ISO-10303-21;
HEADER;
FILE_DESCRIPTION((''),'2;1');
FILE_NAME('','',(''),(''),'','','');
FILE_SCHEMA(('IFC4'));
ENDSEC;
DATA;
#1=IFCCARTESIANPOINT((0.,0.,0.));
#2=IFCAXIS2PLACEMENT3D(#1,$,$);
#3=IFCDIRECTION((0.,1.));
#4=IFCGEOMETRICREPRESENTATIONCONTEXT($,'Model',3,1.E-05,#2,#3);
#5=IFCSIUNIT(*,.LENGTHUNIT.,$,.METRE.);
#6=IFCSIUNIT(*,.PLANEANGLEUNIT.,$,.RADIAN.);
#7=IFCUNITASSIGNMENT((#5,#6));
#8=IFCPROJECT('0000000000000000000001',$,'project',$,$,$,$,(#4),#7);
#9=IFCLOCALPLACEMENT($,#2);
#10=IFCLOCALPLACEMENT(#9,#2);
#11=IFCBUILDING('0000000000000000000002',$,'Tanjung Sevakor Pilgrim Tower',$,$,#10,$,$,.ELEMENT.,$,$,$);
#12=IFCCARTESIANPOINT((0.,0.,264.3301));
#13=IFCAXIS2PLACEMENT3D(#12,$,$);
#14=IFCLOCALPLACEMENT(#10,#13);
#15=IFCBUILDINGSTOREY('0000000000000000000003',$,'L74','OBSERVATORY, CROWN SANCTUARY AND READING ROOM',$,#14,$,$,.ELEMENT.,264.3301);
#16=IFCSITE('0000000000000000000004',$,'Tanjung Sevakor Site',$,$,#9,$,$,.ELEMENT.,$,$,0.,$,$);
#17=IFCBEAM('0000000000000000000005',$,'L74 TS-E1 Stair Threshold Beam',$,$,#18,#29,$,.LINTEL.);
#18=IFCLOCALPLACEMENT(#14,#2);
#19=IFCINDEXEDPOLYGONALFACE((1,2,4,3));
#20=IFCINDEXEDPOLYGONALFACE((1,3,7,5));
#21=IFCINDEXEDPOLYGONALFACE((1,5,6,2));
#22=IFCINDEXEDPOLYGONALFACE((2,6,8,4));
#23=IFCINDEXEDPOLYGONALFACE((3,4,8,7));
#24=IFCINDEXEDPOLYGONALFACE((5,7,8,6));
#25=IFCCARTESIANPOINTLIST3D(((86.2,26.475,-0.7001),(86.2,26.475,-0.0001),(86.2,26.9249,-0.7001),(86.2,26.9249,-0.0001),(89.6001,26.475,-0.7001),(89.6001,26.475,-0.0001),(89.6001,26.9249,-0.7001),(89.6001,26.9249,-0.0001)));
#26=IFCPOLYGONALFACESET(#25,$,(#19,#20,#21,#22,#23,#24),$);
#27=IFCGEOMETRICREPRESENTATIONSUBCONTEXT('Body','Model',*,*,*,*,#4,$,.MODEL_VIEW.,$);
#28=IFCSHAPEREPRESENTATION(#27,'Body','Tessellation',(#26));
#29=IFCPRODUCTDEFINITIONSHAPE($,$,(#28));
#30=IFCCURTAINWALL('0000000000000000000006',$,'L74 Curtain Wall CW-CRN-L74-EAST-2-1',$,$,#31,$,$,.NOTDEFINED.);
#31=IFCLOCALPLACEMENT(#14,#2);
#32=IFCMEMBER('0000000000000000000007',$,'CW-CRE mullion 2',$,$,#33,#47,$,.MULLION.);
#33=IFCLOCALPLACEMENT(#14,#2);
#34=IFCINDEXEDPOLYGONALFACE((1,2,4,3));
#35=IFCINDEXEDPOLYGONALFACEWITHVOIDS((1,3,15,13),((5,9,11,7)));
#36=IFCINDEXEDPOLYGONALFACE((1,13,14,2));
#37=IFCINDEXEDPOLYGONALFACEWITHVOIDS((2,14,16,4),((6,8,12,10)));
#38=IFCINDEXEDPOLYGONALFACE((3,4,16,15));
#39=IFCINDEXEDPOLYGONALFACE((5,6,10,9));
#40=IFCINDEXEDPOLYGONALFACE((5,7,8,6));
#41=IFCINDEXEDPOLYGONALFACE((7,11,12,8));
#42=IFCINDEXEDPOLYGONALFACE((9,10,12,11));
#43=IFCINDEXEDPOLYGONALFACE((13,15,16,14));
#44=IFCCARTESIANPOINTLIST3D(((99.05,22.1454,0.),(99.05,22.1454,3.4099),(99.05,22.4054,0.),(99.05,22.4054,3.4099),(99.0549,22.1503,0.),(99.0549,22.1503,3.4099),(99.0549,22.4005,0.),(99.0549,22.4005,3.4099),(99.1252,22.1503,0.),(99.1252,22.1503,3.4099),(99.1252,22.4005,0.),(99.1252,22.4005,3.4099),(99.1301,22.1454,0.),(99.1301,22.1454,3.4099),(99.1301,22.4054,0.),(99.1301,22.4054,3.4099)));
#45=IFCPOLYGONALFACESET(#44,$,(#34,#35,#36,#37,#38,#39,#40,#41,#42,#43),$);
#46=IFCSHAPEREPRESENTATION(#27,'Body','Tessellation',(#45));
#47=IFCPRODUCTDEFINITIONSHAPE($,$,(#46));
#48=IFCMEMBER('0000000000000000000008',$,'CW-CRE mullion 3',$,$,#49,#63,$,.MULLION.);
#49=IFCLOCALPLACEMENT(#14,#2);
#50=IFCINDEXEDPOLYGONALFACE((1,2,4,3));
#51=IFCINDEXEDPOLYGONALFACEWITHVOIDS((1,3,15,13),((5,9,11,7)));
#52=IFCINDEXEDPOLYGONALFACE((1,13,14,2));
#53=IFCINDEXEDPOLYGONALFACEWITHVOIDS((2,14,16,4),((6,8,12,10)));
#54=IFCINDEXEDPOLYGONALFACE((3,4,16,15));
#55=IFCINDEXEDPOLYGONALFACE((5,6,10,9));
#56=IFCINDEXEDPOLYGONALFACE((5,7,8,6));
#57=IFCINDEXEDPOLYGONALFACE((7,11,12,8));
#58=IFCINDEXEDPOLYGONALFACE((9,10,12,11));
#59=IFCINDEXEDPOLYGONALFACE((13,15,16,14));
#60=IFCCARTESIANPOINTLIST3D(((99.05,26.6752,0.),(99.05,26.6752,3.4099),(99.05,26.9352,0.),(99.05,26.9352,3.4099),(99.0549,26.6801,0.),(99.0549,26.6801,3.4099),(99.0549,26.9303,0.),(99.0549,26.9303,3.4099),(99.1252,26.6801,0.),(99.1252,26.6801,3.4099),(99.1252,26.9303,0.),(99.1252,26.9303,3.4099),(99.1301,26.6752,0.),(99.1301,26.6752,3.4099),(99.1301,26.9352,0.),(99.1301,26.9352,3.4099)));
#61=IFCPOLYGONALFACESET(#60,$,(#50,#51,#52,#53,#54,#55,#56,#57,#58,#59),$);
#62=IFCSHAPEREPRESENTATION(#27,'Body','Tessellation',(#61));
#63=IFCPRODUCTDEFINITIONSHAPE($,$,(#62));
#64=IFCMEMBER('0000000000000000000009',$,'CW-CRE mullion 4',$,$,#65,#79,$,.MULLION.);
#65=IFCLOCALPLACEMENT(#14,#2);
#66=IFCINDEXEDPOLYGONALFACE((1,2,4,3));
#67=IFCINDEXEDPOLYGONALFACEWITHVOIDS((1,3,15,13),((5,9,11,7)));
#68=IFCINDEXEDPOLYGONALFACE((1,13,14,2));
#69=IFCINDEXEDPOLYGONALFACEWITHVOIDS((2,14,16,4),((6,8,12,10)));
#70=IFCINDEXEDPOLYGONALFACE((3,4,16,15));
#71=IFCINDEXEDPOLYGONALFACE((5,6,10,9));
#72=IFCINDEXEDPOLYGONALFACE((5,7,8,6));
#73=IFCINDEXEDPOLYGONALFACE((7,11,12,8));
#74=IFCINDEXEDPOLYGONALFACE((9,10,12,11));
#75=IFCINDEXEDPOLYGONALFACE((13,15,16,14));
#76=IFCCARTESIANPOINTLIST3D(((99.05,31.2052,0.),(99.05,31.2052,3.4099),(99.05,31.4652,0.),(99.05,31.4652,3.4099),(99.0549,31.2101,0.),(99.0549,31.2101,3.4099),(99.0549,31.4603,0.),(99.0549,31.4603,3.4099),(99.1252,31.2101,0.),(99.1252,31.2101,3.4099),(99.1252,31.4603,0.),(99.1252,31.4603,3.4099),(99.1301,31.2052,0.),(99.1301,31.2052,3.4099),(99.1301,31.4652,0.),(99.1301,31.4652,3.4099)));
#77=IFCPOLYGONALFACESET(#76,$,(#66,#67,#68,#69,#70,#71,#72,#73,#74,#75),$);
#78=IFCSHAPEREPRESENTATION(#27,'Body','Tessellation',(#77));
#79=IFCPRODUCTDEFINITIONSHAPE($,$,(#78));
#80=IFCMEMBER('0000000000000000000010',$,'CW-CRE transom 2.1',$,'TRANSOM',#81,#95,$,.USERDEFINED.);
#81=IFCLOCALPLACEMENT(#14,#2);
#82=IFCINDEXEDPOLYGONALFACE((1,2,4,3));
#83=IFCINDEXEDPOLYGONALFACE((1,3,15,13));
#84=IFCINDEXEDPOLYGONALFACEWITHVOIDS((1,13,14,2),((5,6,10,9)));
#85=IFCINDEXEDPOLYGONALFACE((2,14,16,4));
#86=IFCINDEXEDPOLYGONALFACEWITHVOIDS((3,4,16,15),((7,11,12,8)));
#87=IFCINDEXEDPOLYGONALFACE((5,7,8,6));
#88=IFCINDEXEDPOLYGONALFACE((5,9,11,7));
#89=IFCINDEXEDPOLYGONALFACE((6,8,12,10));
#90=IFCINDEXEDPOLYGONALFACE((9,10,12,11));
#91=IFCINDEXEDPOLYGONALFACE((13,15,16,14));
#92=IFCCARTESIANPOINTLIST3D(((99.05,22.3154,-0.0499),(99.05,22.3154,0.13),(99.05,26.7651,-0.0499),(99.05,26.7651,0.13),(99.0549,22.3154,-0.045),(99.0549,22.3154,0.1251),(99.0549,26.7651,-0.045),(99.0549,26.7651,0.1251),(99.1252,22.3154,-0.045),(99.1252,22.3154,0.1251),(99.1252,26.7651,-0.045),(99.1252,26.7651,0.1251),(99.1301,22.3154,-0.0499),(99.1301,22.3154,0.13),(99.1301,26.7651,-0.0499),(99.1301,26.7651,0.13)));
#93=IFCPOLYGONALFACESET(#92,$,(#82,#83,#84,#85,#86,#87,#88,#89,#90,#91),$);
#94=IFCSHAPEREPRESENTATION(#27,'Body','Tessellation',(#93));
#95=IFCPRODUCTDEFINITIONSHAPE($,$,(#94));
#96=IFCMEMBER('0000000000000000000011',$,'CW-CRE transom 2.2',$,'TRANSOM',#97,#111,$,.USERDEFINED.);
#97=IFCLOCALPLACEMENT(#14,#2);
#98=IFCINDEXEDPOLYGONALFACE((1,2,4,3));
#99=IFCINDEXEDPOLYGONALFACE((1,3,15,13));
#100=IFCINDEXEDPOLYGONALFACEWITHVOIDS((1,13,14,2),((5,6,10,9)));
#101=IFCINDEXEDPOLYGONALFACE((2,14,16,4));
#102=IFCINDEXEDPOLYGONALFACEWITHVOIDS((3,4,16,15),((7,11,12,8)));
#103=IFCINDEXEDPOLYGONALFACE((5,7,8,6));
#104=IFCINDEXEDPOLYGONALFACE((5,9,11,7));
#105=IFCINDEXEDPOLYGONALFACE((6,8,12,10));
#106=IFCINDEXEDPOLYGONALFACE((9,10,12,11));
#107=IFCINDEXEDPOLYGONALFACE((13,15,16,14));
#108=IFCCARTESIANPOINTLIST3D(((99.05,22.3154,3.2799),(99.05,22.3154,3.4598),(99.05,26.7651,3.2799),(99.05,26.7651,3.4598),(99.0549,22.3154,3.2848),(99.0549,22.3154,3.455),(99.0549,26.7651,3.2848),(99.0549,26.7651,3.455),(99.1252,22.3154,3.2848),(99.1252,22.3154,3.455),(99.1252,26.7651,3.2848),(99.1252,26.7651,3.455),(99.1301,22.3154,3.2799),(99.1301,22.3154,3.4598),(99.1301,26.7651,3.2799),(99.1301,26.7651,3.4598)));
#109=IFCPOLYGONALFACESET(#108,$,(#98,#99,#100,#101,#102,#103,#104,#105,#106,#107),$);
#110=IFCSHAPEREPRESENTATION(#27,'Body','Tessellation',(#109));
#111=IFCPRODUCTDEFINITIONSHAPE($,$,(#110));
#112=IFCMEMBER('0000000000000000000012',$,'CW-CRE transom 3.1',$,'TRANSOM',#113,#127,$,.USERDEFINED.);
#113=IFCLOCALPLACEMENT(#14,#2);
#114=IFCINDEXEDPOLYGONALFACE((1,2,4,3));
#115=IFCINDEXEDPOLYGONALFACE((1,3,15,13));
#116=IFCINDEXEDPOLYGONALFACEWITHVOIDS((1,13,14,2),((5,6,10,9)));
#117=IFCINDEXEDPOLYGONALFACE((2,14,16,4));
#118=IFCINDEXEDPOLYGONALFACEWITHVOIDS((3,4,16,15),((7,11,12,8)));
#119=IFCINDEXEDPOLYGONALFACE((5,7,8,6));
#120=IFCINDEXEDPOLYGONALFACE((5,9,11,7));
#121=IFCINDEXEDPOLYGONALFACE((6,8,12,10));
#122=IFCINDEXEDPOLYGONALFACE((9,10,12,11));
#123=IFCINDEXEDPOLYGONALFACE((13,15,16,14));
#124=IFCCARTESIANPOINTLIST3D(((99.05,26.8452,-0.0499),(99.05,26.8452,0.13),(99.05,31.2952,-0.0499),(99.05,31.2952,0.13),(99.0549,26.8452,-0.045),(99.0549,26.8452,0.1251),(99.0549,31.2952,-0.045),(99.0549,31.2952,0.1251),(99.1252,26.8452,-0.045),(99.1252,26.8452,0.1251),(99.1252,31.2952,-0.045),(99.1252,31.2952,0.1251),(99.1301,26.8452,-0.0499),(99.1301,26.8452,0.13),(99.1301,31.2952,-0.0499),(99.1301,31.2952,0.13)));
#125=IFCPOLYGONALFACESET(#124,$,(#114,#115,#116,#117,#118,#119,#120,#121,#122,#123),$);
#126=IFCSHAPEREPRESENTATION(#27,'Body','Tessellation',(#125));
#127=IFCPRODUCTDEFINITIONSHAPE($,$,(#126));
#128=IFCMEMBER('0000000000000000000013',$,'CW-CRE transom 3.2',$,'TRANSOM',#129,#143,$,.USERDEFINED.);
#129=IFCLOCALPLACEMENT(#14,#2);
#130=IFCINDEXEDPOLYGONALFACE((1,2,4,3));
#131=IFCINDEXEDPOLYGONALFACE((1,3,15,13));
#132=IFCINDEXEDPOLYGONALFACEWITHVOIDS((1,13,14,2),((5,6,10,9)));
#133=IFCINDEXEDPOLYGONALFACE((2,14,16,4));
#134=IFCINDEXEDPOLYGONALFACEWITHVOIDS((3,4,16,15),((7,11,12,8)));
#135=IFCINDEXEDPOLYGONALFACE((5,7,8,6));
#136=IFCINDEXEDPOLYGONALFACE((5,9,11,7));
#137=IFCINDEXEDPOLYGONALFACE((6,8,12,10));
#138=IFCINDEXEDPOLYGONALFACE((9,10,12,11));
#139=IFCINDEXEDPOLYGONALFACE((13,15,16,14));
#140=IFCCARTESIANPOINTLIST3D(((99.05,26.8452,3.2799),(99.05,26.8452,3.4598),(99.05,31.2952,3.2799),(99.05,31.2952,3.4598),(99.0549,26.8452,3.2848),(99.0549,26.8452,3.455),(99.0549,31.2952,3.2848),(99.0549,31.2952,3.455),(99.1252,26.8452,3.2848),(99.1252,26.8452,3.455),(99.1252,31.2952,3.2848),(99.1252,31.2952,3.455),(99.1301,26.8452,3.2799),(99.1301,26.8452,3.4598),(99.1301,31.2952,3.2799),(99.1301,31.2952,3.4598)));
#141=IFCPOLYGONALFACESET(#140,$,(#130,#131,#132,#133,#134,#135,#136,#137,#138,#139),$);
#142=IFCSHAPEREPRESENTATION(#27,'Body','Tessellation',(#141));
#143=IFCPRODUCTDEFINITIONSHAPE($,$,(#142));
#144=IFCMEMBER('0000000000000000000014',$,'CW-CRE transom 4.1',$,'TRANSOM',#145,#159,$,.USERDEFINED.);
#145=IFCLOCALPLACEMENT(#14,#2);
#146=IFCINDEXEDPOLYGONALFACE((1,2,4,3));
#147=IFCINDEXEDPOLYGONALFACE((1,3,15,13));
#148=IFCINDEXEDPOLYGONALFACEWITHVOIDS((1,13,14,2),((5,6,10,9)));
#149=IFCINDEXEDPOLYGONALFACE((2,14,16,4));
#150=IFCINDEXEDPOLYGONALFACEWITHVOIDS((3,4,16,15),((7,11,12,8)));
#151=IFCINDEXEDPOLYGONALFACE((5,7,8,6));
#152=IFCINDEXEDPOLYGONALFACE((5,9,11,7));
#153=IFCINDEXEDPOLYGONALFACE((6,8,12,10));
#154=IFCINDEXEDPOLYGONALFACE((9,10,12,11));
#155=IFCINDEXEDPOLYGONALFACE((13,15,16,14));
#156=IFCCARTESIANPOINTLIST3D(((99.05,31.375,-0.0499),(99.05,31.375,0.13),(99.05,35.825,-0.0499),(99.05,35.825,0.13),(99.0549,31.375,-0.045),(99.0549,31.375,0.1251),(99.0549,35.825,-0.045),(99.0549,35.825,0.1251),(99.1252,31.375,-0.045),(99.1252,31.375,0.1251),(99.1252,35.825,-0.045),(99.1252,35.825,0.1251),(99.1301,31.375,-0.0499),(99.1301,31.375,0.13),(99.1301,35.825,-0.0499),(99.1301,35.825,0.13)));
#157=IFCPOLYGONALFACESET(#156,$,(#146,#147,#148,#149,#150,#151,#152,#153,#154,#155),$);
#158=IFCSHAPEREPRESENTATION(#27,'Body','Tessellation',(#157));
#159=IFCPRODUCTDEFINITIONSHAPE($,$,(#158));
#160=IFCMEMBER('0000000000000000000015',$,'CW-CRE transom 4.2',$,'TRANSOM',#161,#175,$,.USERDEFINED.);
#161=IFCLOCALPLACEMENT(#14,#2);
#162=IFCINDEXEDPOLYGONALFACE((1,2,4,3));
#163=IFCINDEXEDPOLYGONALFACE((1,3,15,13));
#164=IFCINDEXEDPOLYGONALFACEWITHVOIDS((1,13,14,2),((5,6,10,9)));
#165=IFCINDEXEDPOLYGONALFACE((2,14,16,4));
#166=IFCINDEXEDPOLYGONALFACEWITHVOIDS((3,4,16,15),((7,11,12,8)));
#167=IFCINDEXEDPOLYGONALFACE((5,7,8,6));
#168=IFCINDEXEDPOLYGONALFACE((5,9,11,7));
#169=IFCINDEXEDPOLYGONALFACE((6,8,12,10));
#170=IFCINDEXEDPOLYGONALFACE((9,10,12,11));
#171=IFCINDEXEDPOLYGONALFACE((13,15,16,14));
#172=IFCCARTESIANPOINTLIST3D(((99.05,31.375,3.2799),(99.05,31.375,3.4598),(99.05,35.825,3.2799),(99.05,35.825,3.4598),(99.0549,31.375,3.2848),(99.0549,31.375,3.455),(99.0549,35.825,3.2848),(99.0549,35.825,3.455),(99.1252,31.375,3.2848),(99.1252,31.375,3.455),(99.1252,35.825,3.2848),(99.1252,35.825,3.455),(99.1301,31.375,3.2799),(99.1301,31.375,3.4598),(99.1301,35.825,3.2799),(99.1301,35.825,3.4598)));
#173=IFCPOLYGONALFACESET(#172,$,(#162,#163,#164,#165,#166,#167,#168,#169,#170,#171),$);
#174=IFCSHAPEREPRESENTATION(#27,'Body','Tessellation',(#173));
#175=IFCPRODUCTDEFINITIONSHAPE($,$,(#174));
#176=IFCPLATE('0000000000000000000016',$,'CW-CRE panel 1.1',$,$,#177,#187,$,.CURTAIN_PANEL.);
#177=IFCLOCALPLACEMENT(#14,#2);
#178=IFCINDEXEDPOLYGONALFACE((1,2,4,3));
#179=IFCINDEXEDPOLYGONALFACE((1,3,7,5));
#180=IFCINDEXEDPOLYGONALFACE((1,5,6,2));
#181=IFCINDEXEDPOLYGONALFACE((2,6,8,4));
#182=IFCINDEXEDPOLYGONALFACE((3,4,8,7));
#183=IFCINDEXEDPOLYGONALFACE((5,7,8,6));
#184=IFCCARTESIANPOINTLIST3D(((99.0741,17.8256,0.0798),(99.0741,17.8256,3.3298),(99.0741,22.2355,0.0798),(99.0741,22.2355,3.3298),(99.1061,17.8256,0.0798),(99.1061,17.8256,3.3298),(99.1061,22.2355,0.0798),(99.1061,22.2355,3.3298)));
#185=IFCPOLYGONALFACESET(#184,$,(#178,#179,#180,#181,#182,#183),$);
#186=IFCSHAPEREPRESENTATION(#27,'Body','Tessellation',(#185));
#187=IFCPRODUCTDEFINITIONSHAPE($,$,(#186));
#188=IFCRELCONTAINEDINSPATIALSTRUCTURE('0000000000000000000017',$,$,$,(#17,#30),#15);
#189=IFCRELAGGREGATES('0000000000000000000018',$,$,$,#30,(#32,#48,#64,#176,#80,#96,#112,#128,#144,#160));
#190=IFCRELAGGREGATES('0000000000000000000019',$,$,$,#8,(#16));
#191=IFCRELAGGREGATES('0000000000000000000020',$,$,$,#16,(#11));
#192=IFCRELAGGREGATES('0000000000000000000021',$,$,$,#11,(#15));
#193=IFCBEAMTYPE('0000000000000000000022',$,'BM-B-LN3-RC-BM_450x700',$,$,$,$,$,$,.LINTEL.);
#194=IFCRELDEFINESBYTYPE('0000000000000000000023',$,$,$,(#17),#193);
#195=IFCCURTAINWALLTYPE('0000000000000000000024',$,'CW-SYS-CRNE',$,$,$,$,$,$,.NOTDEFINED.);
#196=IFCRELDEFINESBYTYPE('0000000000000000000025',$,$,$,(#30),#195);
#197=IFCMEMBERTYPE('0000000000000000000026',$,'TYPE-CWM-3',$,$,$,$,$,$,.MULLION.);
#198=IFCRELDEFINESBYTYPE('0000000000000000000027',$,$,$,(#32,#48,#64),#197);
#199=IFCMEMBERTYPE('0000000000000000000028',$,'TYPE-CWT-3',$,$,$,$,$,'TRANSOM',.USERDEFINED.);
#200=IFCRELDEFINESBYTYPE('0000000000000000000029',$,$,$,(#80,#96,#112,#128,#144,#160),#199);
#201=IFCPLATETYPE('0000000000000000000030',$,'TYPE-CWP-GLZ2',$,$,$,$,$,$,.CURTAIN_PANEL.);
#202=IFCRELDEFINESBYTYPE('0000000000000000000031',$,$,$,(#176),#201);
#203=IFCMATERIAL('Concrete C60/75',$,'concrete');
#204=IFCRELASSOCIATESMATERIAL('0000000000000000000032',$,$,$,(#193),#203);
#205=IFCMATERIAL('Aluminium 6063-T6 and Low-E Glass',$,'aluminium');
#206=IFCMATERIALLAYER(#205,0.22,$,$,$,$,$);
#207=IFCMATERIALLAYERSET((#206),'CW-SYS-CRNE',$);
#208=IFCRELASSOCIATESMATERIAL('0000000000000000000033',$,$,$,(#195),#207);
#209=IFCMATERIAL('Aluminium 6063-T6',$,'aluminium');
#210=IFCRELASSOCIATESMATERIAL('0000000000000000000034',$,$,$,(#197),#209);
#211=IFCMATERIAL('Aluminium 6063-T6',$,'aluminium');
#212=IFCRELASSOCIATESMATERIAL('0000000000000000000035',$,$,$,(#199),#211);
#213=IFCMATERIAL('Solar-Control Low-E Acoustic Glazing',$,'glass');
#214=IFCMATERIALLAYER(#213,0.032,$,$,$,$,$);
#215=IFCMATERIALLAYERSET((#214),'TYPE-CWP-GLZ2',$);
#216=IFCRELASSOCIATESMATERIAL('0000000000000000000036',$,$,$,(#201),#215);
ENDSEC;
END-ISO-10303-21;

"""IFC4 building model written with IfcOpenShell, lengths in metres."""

from ifc_helpers import new_model, si_unit, direction, frame, origin, origin_2d, place, context, subcontext, project, spatial, rectangle, hollow_rectangle, extrude, material, layer, layer_set, material_profile, profile_set, type_object, element, aggregate, save


model = new_model("IFC4")

# Units and contexts
model_context = context("Model", 3, precision=1e-05, world=origin(), true_north=direction((0.0, 1.0)))
body_context = subcontext(model_context, "Body", "Model", "MODEL_VIEW")
ifc_project = project(units=[si_unit("LENGTHUNIT", "METRE"), si_unit("PLANEANGLEUNIT", "RADIAN")], contexts=[model_context])

# Site, building, storey
site_placement = place(None, origin())
site = spatial("IfcSite", under=ifc_project, at=site_placement, Name="Tanjung Sevakor Site", CompositionType="ELEMENT", RefElevation=0.0)
building_placement = place(site_placement, origin())
building = spatial("IfcBuilding", under=site, at=building_placement, Name="Tanjung Sevakor Pilgrim Tower", CompositionType="ELEMENT")
storey_placement = place(building_placement, frame((0.0, 0.0, 264.3301)))
storey = spatial("IfcBuildingStorey", under=building, at=storey_placement, Name="L74", Description="OBSERVATORY, CROWN SANCTUARY AND READING ROOM", CompositionType="ELEMENT", Elevation=264.3301)

# Beam
ifc_material_1 = material(Name="Concrete C60/75", Category="concrete")
ifc_material_profile_1 = material_profile(ifc_material_1, rectangle(XDim=0.45, YDim=0.7, at=origin_2d()))
ifc_profile_set_1 = profile_set([ifc_material_profile_1], Name="Concrete C60/75")
beam_type = type_object("IfcBeamType", Name="BM-B-LN3-RC-BM_450x700", PredefinedType="LINTEL", material=ifc_profile_set_1)
beam_placement = place(storey_placement, frame((86.2, 26.7, -0.3501), z_axis=(1.0, 0.0, 0.0), x_axis=(0.0, 1.0, 0.0)))
element("IfcBeam", 1, at=beam_placement, inside=storey, type_object=beam_type, Name="L74 TS-E1 Stair Threshold Beam", PredefinedType="LINTEL", context=body_context, shape_type="SweptSolid", body=[
    extrude(rectangle(XDim=0.45, YDim=0.7, at=origin_2d()), origin(), (0.0, 0.0, 1.0), 3.4001),
])

# Curtain wall, members, plate
ifc_material_2 = material(Name="Aluminium 6063-T6 and Low-E Glass", Category="aluminium")
ifc_layer_1 = layer(ifc_material_2, 0.22)
ifc_layer_set_1 = layer_set([ifc_layer_1], Name="CW-SYS-CRNE")
curtain_wall_type = type_object("IfcCurtainWallType", Name="CW-SYS-CRNE", PredefinedType="NOTDEFINED", material=ifc_layer_set_1)
curtain_wall_placement = place(storey_placement, origin())
curtain_wall = element("IfcCurtainWall", 2, at=curtain_wall_placement, inside=storey, type_object=curtain_wall_type, Name="L74 Curtain Wall CW-CRN-L74-EAST-2-1", PredefinedType="NOTDEFINED")
ifc_material_3 = material(Name="Aluminium 6063-T6", Category="aluminium")
ifc_material_profile_2 = material_profile(ifc_material_3, hollow_rectangle(XDim=0.0801, YDim=0.26, WallThickness=0.0049, at=origin_2d()))
ifc_profile_set_2 = profile_set([ifc_material_profile_2], Name="Aluminium 6063-T6")
member_type_1 = type_object("IfcMemberType", Name="TYPE-CWM-3", PredefinedType="MULLION", material=ifc_profile_set_2)
member_1_placement = place(storey_placement, frame((99.0901, 22.2754, 0.0), z_axis=(0.0, 0.0, 1.0), x_axis=(-1.0, 0.0, 0.0)))
member_1 = element("IfcMember", 3, at=member_1_placement, type_object=member_type_1, Name="CW-CRE mullion 2", PredefinedType="MULLION", context=body_context, shape_type="SweptSolid", body=[
    extrude(hollow_rectangle(XDim=0.0801, YDim=0.26, WallThickness=0.0049, at=origin_2d()), origin(), (0.0, 0.0, 1.0), 3.4099),
])
member_2_placement = place(storey_placement, frame((99.0901, 26.8052, 0.0), z_axis=(0.0, 0.0, 1.0), x_axis=(-1.0, 0.0, 0.0)))
member_2 = element("IfcMember", 4, at=member_2_placement, type_object=member_type_1, Name="CW-CRE mullion 3", PredefinedType="MULLION", context=body_context, shape_type="SweptSolid", body=[
    extrude(hollow_rectangle(XDim=0.0801, YDim=0.26, WallThickness=0.0049, at=origin_2d()), origin(), (0.0, 0.0, 1.0), 3.4099),
])
member_3_placement = place(storey_placement, frame((99.0901, 31.3352, 0.0), z_axis=(0.0, 0.0, 1.0), x_axis=(-1.0, 0.0, 0.0)))
member_3 = element("IfcMember", 5, at=member_3_placement, type_object=member_type_1, Name="CW-CRE mullion 4", PredefinedType="MULLION", context=body_context, shape_type="SweptSolid", body=[
    extrude(hollow_rectangle(XDim=0.0801, YDim=0.26, WallThickness=0.0049, at=origin_2d()), origin(), (0.0, 0.0, 1.0), 3.4099),
])
ifc_material_4 = material(Name="Aluminium 6063-T6", Category="aluminium")
ifc_material_profile_3 = material_profile(ifc_material_4, hollow_rectangle(XDim=0.0801, YDim=0.1799, WallThickness=0.0049, at=origin_2d()))
ifc_profile_set_3 = profile_set([ifc_material_profile_3], Name="Aluminium 6063-T6")
member_type_2 = type_object("IfcMemberType", Name="TYPE-CWT-3", ElementType="TRANSOM", PredefinedType="USERDEFINED", material=ifc_profile_set_3)
member_4_placement = place(storey_placement, frame((99.0901, 22.3154, 0.04), z_axis=(0.0, 1.0, 0.0), x_axis=(-1.0, 0.0, 0.0)))
member_4 = element("IfcMember", 6, at=member_4_placement, type_object=member_type_2, Name="CW-CRE transom 2.1", ObjectType="TRANSOM", PredefinedType="USERDEFINED", context=body_context, shape_type="SweptSolid", body=[
    extrude(hollow_rectangle(XDim=0.0801, YDim=0.1799, WallThickness=0.0049, at=origin_2d()), origin(), (0.0, 0.0, 1.0), 4.4497),
])
member_5_placement = place(storey_placement, frame((99.0901, 22.3154, 3.3699), z_axis=(0.0, 1.0, 0.0), x_axis=(-1.0, 0.0, 0.0)))
member_5 = element("IfcMember", 7, at=member_5_placement, type_object=member_type_2, Name="CW-CRE transom 2.2", ObjectType="TRANSOM", PredefinedType="USERDEFINED", context=body_context, shape_type="SweptSolid", body=[
    extrude(hollow_rectangle(XDim=0.0801, YDim=0.1799, WallThickness=0.0049, at=origin_2d()), origin(), (0.0, 0.0, 1.0), 4.4497),
])
member_6_placement = place(storey_placement, frame((99.0901, 26.8452, 0.04), z_axis=(0.0, 1.0, 0.0), x_axis=(-1.0, 0.0, 0.0)))
member_6 = element("IfcMember", 8, at=member_6_placement, type_object=member_type_2, Name="CW-CRE transom 3.1", ObjectType="TRANSOM", PredefinedType="USERDEFINED", context=body_context, shape_type="SweptSolid", body=[
    extrude(hollow_rectangle(XDim=0.0801, YDim=0.1799, WallThickness=0.0049, at=origin_2d()), origin(), (0.0, 0.0, 1.0), 4.45),
])
member_7_placement = place(storey_placement, frame((99.0901, 26.8452, 3.3699), z_axis=(0.0, 1.0, 0.0), x_axis=(-1.0, 0.0, 0.0)))
member_7 = element("IfcMember", 9, at=member_7_placement, type_object=member_type_2, Name="CW-CRE transom 3.2", ObjectType="TRANSOM", PredefinedType="USERDEFINED", context=body_context, shape_type="SweptSolid", body=[
    extrude(hollow_rectangle(XDim=0.0801, YDim=0.1799, WallThickness=0.0049, at=origin_2d()), origin(), (0.0, 0.0, 1.0), 4.45),
])
member_8_placement = place(storey_placement, frame((99.0901, 31.375, 0.04), z_axis=(0.0, 1.0, 0.0), x_axis=(-1.0, 0.0, 0.0)))
member_8 = element("IfcMember", 10, at=member_8_placement, type_object=member_type_2, Name="CW-CRE transom 4.1", ObjectType="TRANSOM", PredefinedType="USERDEFINED", context=body_context, shape_type="SweptSolid", body=[
    extrude(hollow_rectangle(XDim=0.0801, YDim=0.1799, WallThickness=0.0049, at=origin_2d()), origin(), (0.0, 0.0, 1.0), 4.45),
])
member_9_placement = place(storey_placement, frame((99.0901, 31.375, 3.3699), z_axis=(0.0, 1.0, 0.0), x_axis=(-1.0, 0.0, 0.0)))
member_9 = element("IfcMember", 11, at=member_9_placement, type_object=member_type_2, Name="CW-CRE transom 4.2", ObjectType="TRANSOM", PredefinedType="USERDEFINED", context=body_context, shape_type="SweptSolid", body=[
    extrude(hollow_rectangle(XDim=0.0801, YDim=0.1799, WallThickness=0.0049, at=origin_2d()), origin(), (0.0, 0.0, 1.0), 4.45),
])
ifc_material_5 = material(Name="Solar-Control Low-E Acoustic Glazing", Category="glass")
ifc_layer_2 = layer(ifc_material_5, 0.032)
ifc_layer_set_2 = layer_set([ifc_layer_2], Name="TYPE-CWP-GLZ2")
plate_type = type_object("IfcPlateType", Name="TYPE-CWP-GLZ2", PredefinedType="CURTAIN_PANEL", material=ifc_layer_set_2)
plate_1_placement = place(storey_placement, frame((99.0901, 20.0305, 0.0798), z_axis=(0.0, 0.0, 1.0), x_axis=(0.0, 1.0, 0.0)))
plate_1 = element("IfcPlate", 12, at=plate_1_placement, type_object=plate_type, Name="CW-CRE panel 1.1", PredefinedType="CURTAIN_PANEL", context=body_context, shape_type="SweptSolid", body=[
    extrude(rectangle(XDim=4.4099, YDim=0.032, at=origin_2d()), origin(), (0.0, 0.0, 1.0), 3.25),
])
aggregate(curtain_wall, [member_1, member_2, member_3, plate_1, member_4, member_5, member_6, member_7, member_8, member_9])

save(model, "model.ifc")
